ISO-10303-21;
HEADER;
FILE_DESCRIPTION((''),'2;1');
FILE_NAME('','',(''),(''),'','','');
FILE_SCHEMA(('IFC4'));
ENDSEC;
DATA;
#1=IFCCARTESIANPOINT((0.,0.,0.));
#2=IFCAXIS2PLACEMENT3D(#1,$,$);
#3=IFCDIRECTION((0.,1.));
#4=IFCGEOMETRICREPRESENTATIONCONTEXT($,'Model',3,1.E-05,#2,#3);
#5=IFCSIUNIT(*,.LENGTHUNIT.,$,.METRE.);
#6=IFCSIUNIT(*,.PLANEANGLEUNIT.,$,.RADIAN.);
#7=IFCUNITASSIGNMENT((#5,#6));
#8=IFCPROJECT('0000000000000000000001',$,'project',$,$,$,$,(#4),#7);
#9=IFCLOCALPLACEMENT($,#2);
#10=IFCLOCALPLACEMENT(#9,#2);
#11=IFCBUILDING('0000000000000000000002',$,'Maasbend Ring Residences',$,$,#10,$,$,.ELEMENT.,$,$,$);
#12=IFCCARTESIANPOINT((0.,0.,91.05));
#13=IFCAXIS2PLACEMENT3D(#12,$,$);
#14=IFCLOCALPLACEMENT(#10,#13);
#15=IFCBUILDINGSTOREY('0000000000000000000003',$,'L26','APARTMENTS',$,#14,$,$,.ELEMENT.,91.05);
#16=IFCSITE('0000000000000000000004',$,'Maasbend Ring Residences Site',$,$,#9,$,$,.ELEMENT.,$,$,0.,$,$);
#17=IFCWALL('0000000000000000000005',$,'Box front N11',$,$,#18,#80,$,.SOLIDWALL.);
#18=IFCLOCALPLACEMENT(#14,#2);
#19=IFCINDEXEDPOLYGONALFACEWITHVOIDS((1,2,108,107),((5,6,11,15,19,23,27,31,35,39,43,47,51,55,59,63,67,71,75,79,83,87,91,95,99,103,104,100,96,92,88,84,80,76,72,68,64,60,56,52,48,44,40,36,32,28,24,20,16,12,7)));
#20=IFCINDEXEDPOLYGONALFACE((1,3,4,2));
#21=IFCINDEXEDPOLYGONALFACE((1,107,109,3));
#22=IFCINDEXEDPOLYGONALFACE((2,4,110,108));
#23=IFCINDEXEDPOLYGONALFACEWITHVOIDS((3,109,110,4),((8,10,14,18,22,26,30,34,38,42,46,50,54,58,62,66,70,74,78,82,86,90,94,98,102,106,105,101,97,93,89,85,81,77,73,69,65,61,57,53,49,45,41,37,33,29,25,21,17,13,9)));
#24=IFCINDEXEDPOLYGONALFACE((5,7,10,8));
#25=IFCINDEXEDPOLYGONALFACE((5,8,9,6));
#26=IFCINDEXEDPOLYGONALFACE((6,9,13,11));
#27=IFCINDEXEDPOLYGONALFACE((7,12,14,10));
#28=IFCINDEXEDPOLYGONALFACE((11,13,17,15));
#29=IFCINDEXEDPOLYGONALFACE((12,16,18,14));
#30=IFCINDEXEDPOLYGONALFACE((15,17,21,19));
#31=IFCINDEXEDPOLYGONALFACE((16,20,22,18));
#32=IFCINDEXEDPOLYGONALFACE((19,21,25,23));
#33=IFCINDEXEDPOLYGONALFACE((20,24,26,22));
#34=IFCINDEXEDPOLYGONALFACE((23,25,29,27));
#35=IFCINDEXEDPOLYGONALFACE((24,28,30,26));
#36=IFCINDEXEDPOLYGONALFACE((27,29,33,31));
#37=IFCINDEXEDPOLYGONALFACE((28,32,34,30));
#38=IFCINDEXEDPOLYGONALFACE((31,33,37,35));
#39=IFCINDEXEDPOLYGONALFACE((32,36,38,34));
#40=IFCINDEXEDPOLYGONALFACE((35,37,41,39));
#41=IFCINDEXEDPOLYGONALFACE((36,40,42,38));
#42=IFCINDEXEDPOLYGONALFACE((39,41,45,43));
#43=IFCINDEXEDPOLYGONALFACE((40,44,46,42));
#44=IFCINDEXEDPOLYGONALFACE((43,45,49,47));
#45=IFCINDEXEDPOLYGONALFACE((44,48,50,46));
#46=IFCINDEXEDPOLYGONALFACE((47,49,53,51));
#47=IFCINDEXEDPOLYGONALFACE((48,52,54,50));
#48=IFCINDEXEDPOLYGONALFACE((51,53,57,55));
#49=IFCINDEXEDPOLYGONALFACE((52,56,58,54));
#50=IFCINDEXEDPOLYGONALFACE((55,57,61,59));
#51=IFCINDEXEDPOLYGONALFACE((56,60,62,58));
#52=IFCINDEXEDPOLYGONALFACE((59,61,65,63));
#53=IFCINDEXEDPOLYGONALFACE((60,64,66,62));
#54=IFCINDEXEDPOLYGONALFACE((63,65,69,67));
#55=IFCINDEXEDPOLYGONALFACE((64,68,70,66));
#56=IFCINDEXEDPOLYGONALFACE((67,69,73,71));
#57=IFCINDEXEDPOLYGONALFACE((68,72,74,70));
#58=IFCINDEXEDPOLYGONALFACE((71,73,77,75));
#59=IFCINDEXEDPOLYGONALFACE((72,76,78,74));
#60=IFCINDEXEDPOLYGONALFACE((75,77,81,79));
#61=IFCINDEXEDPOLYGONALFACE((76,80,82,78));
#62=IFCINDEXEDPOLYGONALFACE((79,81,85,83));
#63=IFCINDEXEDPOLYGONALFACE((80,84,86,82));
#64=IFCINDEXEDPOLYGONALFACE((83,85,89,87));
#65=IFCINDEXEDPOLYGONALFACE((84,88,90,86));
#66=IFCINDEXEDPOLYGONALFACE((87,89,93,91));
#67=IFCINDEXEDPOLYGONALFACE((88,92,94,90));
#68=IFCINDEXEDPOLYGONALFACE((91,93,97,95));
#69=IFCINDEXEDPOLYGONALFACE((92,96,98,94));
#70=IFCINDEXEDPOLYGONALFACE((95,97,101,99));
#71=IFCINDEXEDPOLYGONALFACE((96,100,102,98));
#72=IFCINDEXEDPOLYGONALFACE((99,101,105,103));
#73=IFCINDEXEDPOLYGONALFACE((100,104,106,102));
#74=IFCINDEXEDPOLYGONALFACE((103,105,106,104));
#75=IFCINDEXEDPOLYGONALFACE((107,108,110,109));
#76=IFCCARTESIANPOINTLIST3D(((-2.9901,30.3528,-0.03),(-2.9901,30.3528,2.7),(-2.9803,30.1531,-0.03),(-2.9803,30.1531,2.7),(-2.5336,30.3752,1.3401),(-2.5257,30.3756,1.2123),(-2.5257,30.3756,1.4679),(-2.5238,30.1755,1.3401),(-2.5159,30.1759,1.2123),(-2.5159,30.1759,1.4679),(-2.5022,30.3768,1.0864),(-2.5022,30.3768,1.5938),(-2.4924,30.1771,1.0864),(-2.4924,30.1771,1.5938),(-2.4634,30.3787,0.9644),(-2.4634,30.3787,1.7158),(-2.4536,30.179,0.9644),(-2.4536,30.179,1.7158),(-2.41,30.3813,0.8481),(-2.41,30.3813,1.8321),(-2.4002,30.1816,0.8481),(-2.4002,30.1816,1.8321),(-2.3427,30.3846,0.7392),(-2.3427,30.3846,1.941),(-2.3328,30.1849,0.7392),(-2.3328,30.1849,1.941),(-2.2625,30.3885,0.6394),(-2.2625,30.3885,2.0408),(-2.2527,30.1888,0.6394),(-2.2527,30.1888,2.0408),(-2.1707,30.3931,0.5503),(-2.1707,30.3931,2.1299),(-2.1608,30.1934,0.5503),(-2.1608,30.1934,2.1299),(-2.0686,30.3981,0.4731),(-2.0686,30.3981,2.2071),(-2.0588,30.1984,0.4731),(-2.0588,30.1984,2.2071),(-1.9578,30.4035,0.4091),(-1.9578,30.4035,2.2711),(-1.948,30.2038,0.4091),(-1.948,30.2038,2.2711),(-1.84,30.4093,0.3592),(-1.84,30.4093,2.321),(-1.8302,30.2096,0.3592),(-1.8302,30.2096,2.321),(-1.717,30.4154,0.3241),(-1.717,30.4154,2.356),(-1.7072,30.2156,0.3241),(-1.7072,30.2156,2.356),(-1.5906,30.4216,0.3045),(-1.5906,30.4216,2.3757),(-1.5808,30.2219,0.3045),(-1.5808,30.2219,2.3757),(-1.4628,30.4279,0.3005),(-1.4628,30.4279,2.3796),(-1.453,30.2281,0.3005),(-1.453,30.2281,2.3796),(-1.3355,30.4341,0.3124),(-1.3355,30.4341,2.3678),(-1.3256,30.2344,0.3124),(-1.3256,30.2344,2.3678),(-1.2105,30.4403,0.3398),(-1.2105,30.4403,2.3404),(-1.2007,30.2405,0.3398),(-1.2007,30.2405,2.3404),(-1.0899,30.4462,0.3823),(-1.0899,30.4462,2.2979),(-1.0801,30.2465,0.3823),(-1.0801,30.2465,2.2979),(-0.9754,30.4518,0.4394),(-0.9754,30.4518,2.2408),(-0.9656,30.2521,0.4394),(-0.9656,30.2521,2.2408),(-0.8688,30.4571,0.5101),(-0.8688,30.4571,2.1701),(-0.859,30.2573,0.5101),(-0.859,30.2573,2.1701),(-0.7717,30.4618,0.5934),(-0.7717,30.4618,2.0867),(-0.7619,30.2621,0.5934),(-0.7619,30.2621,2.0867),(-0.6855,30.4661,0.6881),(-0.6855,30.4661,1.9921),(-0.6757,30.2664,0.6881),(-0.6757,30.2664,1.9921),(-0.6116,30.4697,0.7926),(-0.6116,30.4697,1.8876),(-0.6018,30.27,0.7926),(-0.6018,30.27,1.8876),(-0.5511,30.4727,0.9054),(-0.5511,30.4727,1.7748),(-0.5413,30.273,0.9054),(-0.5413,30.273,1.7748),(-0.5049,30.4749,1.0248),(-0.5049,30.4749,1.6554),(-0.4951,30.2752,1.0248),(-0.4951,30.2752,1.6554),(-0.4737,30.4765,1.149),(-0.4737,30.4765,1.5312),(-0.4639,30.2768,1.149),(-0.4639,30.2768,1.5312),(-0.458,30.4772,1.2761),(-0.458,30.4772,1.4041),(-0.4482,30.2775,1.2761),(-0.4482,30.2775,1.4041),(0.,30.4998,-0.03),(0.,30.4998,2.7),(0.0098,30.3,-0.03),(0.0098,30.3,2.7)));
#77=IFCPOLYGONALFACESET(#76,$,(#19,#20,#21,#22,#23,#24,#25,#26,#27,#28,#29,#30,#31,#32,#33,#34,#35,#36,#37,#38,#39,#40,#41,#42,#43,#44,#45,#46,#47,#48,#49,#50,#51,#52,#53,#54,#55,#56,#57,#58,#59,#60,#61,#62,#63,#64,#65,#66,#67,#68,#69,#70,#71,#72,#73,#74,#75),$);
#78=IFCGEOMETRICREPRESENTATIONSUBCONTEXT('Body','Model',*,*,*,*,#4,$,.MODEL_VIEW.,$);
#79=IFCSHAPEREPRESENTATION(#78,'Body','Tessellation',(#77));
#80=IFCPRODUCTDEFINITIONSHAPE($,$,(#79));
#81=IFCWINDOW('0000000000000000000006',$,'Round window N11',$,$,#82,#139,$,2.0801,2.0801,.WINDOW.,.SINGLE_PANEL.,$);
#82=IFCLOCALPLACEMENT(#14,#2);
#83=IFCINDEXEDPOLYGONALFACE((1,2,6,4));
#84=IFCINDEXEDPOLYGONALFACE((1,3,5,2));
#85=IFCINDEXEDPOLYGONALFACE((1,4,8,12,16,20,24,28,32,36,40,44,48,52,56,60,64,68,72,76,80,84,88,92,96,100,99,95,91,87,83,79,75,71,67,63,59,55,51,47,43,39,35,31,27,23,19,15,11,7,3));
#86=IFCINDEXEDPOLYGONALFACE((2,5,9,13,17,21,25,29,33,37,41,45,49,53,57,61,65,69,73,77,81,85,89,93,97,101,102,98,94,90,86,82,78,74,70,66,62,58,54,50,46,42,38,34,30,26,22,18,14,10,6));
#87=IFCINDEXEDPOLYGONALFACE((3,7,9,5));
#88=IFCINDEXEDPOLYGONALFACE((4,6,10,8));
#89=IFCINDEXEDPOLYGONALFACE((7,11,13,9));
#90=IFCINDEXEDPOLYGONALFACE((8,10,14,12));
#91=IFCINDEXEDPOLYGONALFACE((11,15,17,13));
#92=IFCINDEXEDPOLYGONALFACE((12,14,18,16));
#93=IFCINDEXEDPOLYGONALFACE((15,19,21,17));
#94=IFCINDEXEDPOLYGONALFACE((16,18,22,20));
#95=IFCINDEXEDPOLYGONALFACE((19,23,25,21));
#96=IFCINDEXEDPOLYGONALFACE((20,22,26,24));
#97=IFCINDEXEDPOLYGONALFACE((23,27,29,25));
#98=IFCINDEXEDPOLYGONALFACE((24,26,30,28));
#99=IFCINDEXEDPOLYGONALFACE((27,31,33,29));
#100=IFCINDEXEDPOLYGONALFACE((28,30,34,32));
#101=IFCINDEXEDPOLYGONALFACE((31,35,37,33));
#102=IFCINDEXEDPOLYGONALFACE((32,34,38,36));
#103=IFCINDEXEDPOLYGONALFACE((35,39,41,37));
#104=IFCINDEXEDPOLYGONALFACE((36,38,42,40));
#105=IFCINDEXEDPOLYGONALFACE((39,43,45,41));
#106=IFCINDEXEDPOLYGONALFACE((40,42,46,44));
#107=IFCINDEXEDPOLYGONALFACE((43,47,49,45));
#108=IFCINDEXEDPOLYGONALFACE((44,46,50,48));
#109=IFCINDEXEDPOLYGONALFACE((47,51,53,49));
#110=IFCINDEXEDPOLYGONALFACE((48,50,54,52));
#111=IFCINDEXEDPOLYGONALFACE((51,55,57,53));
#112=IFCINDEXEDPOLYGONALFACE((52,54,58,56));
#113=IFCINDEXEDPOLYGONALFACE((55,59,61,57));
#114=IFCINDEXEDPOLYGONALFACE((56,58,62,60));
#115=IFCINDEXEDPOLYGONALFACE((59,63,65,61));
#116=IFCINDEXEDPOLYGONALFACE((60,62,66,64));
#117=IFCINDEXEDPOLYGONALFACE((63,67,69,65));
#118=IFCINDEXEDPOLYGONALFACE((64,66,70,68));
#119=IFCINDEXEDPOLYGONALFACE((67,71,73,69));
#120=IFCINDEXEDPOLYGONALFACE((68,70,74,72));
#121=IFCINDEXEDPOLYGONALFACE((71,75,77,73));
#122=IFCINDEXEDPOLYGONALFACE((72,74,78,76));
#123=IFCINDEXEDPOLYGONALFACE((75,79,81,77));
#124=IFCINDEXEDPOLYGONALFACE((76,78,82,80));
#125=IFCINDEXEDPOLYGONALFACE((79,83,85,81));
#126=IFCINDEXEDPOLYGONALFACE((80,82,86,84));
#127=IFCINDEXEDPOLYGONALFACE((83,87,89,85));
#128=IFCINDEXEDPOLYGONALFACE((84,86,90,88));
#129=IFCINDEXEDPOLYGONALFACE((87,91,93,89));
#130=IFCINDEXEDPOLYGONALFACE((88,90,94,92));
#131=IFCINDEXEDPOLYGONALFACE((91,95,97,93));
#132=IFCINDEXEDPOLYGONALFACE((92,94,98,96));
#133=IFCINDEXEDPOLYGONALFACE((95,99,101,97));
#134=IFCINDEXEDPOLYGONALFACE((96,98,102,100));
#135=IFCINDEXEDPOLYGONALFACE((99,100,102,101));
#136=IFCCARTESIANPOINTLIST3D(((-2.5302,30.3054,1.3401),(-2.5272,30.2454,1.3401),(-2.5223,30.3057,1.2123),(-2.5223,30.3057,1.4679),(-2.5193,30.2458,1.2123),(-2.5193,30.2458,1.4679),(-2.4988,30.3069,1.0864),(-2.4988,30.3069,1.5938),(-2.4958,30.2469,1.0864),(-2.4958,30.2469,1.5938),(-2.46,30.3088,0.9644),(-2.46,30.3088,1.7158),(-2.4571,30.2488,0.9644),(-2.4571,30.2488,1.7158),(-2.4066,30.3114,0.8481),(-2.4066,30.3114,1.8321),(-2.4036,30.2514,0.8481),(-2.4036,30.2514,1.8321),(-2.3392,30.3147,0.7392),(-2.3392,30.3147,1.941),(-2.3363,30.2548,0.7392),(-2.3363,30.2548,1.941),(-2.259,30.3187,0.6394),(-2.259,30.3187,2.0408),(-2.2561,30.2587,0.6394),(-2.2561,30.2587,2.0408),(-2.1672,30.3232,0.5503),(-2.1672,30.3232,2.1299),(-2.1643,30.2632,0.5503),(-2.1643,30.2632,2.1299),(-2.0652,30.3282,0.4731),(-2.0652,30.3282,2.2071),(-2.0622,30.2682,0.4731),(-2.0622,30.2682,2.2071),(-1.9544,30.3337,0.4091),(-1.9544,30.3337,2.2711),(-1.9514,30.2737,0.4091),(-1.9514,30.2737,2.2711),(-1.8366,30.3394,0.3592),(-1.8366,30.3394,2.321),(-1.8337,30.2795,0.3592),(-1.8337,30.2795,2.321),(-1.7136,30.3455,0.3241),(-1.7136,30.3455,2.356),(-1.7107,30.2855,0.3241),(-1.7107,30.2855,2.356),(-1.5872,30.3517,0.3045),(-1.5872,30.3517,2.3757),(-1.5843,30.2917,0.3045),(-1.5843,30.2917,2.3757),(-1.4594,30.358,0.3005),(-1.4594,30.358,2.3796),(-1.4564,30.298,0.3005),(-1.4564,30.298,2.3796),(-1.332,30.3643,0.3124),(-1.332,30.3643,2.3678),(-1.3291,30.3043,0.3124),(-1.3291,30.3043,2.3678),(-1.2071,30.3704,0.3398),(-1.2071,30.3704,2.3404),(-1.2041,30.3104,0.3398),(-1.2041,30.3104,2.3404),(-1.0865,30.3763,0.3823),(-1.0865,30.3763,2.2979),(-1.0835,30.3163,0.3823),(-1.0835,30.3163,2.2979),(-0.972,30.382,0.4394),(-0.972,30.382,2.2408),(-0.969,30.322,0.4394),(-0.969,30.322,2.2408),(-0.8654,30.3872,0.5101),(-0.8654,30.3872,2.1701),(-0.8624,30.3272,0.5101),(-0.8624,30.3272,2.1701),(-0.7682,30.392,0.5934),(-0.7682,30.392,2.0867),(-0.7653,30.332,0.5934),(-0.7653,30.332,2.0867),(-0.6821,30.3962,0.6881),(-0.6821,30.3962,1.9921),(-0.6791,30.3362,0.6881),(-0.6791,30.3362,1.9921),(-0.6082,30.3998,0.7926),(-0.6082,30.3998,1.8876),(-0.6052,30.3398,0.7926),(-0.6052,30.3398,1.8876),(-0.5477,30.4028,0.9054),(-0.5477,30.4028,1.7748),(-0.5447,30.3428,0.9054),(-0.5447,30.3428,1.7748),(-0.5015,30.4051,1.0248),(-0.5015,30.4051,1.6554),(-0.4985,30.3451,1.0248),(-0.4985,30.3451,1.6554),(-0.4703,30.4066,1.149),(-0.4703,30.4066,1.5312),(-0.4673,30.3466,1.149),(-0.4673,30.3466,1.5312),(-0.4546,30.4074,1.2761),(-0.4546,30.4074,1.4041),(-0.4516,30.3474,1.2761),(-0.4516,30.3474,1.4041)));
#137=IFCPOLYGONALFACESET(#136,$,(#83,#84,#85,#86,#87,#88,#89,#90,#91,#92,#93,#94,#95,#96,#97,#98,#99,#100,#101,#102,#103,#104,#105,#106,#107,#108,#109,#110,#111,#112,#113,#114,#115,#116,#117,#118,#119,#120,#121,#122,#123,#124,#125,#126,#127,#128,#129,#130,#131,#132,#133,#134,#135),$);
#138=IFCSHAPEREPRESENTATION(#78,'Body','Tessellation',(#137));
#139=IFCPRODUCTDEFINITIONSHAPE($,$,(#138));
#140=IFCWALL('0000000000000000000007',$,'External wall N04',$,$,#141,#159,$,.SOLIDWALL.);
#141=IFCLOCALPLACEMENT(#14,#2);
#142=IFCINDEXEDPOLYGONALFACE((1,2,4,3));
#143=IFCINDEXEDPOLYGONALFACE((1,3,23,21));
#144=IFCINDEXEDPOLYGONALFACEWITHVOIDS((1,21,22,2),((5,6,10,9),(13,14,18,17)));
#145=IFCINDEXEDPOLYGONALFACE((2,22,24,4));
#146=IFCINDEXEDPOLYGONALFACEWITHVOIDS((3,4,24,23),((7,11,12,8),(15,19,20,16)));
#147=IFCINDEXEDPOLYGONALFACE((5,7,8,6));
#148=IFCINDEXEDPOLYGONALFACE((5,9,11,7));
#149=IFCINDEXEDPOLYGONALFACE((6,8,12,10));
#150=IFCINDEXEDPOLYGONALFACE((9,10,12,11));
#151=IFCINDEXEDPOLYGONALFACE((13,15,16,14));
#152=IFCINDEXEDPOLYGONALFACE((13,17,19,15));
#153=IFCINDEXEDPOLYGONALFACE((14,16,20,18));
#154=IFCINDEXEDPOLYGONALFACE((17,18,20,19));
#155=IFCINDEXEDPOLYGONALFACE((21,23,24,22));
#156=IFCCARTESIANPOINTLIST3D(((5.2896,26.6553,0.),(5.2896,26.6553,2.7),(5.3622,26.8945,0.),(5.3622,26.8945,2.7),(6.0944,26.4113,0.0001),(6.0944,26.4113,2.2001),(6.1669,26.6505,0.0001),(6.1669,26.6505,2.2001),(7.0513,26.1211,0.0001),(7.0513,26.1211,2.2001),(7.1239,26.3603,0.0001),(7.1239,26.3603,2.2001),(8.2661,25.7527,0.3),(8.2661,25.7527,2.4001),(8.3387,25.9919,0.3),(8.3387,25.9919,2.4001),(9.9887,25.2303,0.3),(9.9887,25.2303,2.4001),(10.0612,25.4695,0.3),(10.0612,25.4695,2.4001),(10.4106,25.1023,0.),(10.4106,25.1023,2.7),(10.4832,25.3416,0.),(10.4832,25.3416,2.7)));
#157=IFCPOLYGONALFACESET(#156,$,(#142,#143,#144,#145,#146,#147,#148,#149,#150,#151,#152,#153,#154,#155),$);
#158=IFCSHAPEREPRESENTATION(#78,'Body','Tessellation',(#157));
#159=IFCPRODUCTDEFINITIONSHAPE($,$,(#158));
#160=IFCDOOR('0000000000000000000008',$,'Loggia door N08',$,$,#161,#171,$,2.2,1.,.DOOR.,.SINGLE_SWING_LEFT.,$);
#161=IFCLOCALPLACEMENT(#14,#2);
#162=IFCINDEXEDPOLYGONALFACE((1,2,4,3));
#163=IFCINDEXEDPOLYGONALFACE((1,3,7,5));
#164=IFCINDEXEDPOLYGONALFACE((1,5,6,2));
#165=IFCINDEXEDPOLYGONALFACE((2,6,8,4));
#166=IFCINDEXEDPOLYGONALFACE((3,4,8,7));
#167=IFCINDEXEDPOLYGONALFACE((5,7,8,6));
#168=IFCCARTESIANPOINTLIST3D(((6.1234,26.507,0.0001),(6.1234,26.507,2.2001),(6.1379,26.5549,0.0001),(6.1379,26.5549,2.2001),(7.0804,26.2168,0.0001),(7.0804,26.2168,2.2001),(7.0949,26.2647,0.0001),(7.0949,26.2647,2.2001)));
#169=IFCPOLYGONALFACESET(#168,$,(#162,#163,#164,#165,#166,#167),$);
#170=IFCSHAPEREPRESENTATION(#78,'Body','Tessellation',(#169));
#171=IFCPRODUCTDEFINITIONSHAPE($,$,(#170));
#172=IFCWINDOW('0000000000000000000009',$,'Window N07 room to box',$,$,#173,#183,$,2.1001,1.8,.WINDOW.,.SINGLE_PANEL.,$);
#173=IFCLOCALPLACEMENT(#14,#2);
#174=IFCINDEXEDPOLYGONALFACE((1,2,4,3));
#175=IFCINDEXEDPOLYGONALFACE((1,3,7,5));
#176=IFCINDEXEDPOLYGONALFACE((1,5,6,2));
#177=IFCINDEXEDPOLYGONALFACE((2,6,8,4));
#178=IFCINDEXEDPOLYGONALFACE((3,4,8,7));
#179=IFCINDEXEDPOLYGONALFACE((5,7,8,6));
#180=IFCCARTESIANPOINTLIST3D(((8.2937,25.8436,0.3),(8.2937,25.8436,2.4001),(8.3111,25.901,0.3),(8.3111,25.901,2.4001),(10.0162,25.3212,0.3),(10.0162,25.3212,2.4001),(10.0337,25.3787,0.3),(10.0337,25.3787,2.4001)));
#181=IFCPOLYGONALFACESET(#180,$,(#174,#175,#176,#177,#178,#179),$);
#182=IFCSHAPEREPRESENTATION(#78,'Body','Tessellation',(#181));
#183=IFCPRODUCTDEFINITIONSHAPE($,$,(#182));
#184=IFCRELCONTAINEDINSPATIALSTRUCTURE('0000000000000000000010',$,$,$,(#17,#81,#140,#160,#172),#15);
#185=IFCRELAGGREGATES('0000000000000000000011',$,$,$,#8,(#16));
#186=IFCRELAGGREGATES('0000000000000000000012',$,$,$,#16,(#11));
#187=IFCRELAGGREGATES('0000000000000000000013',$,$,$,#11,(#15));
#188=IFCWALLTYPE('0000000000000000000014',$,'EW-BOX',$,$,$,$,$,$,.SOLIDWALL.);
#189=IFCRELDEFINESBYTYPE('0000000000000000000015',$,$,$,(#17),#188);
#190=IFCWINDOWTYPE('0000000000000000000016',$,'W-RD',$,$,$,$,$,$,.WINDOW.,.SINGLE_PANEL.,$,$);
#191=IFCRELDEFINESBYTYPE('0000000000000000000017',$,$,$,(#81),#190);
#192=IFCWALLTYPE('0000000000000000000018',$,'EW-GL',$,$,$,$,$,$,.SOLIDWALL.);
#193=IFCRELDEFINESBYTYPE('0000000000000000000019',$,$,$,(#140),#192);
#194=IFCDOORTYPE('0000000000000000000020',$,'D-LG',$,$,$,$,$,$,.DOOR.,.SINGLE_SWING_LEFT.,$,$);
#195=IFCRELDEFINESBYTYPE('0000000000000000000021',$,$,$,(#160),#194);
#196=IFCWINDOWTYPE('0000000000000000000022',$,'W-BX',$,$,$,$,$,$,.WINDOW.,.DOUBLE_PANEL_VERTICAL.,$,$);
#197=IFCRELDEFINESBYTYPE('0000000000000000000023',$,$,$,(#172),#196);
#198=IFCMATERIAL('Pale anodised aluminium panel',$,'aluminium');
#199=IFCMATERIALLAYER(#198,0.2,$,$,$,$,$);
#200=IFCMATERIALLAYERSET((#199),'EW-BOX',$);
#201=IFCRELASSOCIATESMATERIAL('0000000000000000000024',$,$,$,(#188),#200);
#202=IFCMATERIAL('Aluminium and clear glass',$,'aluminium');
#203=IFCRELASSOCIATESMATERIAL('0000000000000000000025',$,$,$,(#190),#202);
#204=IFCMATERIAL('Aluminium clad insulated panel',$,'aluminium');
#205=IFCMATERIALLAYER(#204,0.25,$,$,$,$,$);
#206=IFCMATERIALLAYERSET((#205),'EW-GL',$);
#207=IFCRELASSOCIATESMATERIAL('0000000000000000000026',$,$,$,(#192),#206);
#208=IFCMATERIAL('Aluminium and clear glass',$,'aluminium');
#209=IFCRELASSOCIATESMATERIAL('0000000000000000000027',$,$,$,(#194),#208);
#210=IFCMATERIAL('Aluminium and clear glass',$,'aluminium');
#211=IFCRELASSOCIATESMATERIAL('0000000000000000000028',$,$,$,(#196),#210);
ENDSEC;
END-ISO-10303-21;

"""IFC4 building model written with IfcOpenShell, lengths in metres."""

from ifc_helpers import new_model, si_unit, direction, frame, frame_2d, origin, place, context, subcontext, project, spatial, rectangle, circle, extrude, material, layer, layer_set, type_object, element, fill, save


model = new_model("IFC4")

# Units and contexts
model_context = context("Model", 3, precision=1e-05, world=origin(), true_north=direction((0.0, 1.0)))
body_context = subcontext(model_context, "Body", "Model", "MODEL_VIEW")
ifc_project = project(units=[si_unit("LENGTHUNIT", "METRE"), si_unit("PLANEANGLEUNIT", "RADIAN")], contexts=[model_context])

# Site, building, storey
site_placement = place(None, origin())
site = spatial("IfcSite", under=ifc_project, at=site_placement, Name="Maasbend Ring Residences Site", CompositionType="ELEMENT", RefElevation=0.0)
building_placement = place(site_placement, origin())
building = spatial("IfcBuilding", under=site, at=building_placement, Name="Maasbend Ring Residences", CompositionType="ELEMENT")
storey_placement = place(building_placement, frame((0.0, 0.0, 91.05)))
storey = spatial("IfcBuildingStorey", under=building, at=storey_placement, Name="L26", Description="APARTMENTS", CompositionType="ELEMENT", Elevation=91.05)

# Shared definitions
ifc_material_1 = material(Name="Pale anodised aluminium panel", Category="aluminium")
ifc_layer_1 = layer(ifc_material_1, 0.2)
ifc_layer_set_1 = layer_set([ifc_layer_1], Name="EW-BOX")
wall_type_1 = type_object("IfcWallType", Name="EW-BOX", PredefinedType="SOLIDWALL", material=ifc_layer_set_1)

# Shared definitions
ifc_material_2 = material(Name="Aluminium and clear glass", Category="aluminium")
window_type_1 = type_object("IfcWindowType", Name="W-RD", PartitioningType="SINGLE_PANEL", PredefinedType="WINDOW", material=ifc_material_2)

# Wall, opening, window
wall_1_placement = place(storey_placement, frame((0.0049, 30.3999, -0.03), z_axis=(0.0, 0.0, 1.0), x_axis=(-0.998794, -0.049096, 0.0)))
wall_1 = element("IfcWall", 1, at=wall_1_placement, inside=storey, type_object=wall_type_1, Name="Box front N11", PredefinedType="SOLIDWALL", context=body_context, shape_type="SweptSolid", body=[
    extrude(rectangle(XDim=2.9937, YDim=0.2, at=frame_2d((1.4968, 0.0))), origin(), (0.0, 0.0, 1.0), 2.73),
])
opening_1_placement = place(wall_1_placement, frame((0.4565, 0.0, 0.3301)))
opening_1 = element("IfcOpeningElement", 2, at=opening_1_placement, cuts=wall_1, PredefinedType="OPENING", context=body_context, shape_type="SweptSolid", body=[
    extrude(circle(Radius=1.04, at=frame_2d((1.04, 1.04))), frame((0.0, 0.1099, 0.0), z_axis=(0.0, -1.0, 0.0), x_axis=(1.0, 0.0, 0.0)), (0.0, 0.0, 1.0), 0.22),
])
window_1_placement = place(opening_1_placement, origin())
window_1 = element("IfcWindow", 3, at=window_1_placement, inside=storey, type_object=window_type_1, Name="Round window N11", OverallHeight=2.0801, OverallWidth=2.0801, PartitioningType="SINGLE_PANEL", PredefinedType="WINDOW", context=body_context, shape_type="SweptSolid", body=[
    extrude(circle(Radius=1.04, at=frame_2d((1.04, 1.04))), frame((0.0, 0.03, 0.0), z_axis=(0.0, -1.0, 0.0), x_axis=(1.0, 0.0, 0.0)), (0.0, 0.0, 1.0), 0.0601),
])
fill(opening_1, window_1)

# Wall, openings, door, window
ifc_material_3 = material(Name="Aluminium clad insulated panel", Category="aluminium")
ifc_layer_2 = layer(ifc_material_3, 0.25)
ifc_layer_set_2 = layer_set([ifc_layer_2], Name="EW-GL")
wall_type_2 = type_object("IfcWallType", Name="EW-GL", PredefinedType="SOLIDWALL", material=ifc_layer_set_2)
wall_2_placement = place(storey_placement, frame((10.447, 25.2219, 0.0), z_axis=(0.0, 0.0, 1.0), x_axis=(-0.956966, 0.290201, 0.0)))
wall_2 = element("IfcWall", 4, at=wall_2_placement, inside=storey, type_object=wall_type_2, Name="External wall N04", PredefinedType="SOLIDWALL", context=body_context, shape_type="SweptSolid", body=[
    extrude(rectangle(XDim=5.3513, YDim=0.25, at=frame_2d((2.6758, 0.0))), origin(), (0.0, 0.0, 1.0), 2.7),
])
opening_2_placement = place(wall_2_placement, frame((0.4412, 0.0, 0.3)))
opening_2 = element("IfcOpeningElement", 5, at=opening_2_placement, cuts=wall_2, PredefinedType="OPENING", context=body_context, shape_type="SweptSolid", body=[
    extrude(rectangle(XDim=1.8, YDim=2.1001, at=frame_2d((0.8999, 1.05))), frame((0.0, 0.135, 0.0), z_axis=(0.0, -1.0, 0.0), x_axis=(1.0, 0.0, 0.0)), (0.0, 0.0, 1.0), 0.27),
])
opening_3_placement = place(wall_2_placement, frame((3.5105, 0.0, 0.0)))
opening_3 = element("IfcOpeningElement", 6, at=opening_3_placement, cuts=wall_2, PredefinedType="OPENING", context=body_context, shape_type="SweptSolid", body=[
    extrude(rectangle(XDim=1.0, YDim=2.2, at=frame_2d((0.5, 1.1001))), frame((0.0, 0.135, 0.0), z_axis=(0.0, -1.0, 0.0), x_axis=(1.0, 0.0, 0.0)), (0.0, 0.0, 1.0), 0.27),
])
ifc_material_4 = material(Name="Aluminium and clear glass", Category="aluminium")
door_type_1 = type_object("IfcDoorType", Name="D-LG", OperationType="SINGLE_SWING_LEFT", PredefinedType="DOOR", material=ifc_material_4)
door_1_placement = place(opening_3_placement, origin())
door_1 = element("IfcDoor", 7, at=door_1_placement, inside=storey, type_object=door_type_1, Name="Loggia door N08", OperationType="SINGLE_SWING_LEFT", OverallHeight=2.2, OverallWidth=1.0, PredefinedType="DOOR", context=body_context, shape_type="SweptSolid", body=[
    extrude(rectangle(XDim=1.0, YDim=2.2, at=frame_2d((0.5, 1.1001))), frame((0.0, 0.0249, 0.0), z_axis=(0.0, -1.0, 0.0), x_axis=(1.0, 0.0, 0.0)), (0.0, 0.0, 1.0), 0.05),
])
fill(opening_3, door_1)
ifc_material_5 = material(Name="Aluminium and clear glass", Category="aluminium")
window_type_2 = type_object("IfcWindowType", Name="W-BX", PartitioningType="DOUBLE_PANEL_VERTICAL", PredefinedType="WINDOW", material=ifc_material_5)
window_2_placement = place(opening_2_placement, origin())
window_2 = element("IfcWindow", 8, at=window_2_placement, inside=storey, type_object=window_type_2, Name="Window N07 room to box", OverallHeight=2.1001, OverallWidth=1.8, PartitioningType="SINGLE_PANEL", PredefinedType="WINDOW", context=body_context, shape_type="SweptSolid", body=[
    extrude(rectangle(XDim=1.8, YDim=2.1001, at=frame_2d((0.8999, 1.05))), frame((0.0, 0.03, 0.0), z_axis=(0.0, -1.0, 0.0), x_axis=(1.0, 0.0, 0.0)), (0.0, 0.0, 1.0), 0.0601),
])
fill(opening_2, window_2)

save(model, "model.ifc")
